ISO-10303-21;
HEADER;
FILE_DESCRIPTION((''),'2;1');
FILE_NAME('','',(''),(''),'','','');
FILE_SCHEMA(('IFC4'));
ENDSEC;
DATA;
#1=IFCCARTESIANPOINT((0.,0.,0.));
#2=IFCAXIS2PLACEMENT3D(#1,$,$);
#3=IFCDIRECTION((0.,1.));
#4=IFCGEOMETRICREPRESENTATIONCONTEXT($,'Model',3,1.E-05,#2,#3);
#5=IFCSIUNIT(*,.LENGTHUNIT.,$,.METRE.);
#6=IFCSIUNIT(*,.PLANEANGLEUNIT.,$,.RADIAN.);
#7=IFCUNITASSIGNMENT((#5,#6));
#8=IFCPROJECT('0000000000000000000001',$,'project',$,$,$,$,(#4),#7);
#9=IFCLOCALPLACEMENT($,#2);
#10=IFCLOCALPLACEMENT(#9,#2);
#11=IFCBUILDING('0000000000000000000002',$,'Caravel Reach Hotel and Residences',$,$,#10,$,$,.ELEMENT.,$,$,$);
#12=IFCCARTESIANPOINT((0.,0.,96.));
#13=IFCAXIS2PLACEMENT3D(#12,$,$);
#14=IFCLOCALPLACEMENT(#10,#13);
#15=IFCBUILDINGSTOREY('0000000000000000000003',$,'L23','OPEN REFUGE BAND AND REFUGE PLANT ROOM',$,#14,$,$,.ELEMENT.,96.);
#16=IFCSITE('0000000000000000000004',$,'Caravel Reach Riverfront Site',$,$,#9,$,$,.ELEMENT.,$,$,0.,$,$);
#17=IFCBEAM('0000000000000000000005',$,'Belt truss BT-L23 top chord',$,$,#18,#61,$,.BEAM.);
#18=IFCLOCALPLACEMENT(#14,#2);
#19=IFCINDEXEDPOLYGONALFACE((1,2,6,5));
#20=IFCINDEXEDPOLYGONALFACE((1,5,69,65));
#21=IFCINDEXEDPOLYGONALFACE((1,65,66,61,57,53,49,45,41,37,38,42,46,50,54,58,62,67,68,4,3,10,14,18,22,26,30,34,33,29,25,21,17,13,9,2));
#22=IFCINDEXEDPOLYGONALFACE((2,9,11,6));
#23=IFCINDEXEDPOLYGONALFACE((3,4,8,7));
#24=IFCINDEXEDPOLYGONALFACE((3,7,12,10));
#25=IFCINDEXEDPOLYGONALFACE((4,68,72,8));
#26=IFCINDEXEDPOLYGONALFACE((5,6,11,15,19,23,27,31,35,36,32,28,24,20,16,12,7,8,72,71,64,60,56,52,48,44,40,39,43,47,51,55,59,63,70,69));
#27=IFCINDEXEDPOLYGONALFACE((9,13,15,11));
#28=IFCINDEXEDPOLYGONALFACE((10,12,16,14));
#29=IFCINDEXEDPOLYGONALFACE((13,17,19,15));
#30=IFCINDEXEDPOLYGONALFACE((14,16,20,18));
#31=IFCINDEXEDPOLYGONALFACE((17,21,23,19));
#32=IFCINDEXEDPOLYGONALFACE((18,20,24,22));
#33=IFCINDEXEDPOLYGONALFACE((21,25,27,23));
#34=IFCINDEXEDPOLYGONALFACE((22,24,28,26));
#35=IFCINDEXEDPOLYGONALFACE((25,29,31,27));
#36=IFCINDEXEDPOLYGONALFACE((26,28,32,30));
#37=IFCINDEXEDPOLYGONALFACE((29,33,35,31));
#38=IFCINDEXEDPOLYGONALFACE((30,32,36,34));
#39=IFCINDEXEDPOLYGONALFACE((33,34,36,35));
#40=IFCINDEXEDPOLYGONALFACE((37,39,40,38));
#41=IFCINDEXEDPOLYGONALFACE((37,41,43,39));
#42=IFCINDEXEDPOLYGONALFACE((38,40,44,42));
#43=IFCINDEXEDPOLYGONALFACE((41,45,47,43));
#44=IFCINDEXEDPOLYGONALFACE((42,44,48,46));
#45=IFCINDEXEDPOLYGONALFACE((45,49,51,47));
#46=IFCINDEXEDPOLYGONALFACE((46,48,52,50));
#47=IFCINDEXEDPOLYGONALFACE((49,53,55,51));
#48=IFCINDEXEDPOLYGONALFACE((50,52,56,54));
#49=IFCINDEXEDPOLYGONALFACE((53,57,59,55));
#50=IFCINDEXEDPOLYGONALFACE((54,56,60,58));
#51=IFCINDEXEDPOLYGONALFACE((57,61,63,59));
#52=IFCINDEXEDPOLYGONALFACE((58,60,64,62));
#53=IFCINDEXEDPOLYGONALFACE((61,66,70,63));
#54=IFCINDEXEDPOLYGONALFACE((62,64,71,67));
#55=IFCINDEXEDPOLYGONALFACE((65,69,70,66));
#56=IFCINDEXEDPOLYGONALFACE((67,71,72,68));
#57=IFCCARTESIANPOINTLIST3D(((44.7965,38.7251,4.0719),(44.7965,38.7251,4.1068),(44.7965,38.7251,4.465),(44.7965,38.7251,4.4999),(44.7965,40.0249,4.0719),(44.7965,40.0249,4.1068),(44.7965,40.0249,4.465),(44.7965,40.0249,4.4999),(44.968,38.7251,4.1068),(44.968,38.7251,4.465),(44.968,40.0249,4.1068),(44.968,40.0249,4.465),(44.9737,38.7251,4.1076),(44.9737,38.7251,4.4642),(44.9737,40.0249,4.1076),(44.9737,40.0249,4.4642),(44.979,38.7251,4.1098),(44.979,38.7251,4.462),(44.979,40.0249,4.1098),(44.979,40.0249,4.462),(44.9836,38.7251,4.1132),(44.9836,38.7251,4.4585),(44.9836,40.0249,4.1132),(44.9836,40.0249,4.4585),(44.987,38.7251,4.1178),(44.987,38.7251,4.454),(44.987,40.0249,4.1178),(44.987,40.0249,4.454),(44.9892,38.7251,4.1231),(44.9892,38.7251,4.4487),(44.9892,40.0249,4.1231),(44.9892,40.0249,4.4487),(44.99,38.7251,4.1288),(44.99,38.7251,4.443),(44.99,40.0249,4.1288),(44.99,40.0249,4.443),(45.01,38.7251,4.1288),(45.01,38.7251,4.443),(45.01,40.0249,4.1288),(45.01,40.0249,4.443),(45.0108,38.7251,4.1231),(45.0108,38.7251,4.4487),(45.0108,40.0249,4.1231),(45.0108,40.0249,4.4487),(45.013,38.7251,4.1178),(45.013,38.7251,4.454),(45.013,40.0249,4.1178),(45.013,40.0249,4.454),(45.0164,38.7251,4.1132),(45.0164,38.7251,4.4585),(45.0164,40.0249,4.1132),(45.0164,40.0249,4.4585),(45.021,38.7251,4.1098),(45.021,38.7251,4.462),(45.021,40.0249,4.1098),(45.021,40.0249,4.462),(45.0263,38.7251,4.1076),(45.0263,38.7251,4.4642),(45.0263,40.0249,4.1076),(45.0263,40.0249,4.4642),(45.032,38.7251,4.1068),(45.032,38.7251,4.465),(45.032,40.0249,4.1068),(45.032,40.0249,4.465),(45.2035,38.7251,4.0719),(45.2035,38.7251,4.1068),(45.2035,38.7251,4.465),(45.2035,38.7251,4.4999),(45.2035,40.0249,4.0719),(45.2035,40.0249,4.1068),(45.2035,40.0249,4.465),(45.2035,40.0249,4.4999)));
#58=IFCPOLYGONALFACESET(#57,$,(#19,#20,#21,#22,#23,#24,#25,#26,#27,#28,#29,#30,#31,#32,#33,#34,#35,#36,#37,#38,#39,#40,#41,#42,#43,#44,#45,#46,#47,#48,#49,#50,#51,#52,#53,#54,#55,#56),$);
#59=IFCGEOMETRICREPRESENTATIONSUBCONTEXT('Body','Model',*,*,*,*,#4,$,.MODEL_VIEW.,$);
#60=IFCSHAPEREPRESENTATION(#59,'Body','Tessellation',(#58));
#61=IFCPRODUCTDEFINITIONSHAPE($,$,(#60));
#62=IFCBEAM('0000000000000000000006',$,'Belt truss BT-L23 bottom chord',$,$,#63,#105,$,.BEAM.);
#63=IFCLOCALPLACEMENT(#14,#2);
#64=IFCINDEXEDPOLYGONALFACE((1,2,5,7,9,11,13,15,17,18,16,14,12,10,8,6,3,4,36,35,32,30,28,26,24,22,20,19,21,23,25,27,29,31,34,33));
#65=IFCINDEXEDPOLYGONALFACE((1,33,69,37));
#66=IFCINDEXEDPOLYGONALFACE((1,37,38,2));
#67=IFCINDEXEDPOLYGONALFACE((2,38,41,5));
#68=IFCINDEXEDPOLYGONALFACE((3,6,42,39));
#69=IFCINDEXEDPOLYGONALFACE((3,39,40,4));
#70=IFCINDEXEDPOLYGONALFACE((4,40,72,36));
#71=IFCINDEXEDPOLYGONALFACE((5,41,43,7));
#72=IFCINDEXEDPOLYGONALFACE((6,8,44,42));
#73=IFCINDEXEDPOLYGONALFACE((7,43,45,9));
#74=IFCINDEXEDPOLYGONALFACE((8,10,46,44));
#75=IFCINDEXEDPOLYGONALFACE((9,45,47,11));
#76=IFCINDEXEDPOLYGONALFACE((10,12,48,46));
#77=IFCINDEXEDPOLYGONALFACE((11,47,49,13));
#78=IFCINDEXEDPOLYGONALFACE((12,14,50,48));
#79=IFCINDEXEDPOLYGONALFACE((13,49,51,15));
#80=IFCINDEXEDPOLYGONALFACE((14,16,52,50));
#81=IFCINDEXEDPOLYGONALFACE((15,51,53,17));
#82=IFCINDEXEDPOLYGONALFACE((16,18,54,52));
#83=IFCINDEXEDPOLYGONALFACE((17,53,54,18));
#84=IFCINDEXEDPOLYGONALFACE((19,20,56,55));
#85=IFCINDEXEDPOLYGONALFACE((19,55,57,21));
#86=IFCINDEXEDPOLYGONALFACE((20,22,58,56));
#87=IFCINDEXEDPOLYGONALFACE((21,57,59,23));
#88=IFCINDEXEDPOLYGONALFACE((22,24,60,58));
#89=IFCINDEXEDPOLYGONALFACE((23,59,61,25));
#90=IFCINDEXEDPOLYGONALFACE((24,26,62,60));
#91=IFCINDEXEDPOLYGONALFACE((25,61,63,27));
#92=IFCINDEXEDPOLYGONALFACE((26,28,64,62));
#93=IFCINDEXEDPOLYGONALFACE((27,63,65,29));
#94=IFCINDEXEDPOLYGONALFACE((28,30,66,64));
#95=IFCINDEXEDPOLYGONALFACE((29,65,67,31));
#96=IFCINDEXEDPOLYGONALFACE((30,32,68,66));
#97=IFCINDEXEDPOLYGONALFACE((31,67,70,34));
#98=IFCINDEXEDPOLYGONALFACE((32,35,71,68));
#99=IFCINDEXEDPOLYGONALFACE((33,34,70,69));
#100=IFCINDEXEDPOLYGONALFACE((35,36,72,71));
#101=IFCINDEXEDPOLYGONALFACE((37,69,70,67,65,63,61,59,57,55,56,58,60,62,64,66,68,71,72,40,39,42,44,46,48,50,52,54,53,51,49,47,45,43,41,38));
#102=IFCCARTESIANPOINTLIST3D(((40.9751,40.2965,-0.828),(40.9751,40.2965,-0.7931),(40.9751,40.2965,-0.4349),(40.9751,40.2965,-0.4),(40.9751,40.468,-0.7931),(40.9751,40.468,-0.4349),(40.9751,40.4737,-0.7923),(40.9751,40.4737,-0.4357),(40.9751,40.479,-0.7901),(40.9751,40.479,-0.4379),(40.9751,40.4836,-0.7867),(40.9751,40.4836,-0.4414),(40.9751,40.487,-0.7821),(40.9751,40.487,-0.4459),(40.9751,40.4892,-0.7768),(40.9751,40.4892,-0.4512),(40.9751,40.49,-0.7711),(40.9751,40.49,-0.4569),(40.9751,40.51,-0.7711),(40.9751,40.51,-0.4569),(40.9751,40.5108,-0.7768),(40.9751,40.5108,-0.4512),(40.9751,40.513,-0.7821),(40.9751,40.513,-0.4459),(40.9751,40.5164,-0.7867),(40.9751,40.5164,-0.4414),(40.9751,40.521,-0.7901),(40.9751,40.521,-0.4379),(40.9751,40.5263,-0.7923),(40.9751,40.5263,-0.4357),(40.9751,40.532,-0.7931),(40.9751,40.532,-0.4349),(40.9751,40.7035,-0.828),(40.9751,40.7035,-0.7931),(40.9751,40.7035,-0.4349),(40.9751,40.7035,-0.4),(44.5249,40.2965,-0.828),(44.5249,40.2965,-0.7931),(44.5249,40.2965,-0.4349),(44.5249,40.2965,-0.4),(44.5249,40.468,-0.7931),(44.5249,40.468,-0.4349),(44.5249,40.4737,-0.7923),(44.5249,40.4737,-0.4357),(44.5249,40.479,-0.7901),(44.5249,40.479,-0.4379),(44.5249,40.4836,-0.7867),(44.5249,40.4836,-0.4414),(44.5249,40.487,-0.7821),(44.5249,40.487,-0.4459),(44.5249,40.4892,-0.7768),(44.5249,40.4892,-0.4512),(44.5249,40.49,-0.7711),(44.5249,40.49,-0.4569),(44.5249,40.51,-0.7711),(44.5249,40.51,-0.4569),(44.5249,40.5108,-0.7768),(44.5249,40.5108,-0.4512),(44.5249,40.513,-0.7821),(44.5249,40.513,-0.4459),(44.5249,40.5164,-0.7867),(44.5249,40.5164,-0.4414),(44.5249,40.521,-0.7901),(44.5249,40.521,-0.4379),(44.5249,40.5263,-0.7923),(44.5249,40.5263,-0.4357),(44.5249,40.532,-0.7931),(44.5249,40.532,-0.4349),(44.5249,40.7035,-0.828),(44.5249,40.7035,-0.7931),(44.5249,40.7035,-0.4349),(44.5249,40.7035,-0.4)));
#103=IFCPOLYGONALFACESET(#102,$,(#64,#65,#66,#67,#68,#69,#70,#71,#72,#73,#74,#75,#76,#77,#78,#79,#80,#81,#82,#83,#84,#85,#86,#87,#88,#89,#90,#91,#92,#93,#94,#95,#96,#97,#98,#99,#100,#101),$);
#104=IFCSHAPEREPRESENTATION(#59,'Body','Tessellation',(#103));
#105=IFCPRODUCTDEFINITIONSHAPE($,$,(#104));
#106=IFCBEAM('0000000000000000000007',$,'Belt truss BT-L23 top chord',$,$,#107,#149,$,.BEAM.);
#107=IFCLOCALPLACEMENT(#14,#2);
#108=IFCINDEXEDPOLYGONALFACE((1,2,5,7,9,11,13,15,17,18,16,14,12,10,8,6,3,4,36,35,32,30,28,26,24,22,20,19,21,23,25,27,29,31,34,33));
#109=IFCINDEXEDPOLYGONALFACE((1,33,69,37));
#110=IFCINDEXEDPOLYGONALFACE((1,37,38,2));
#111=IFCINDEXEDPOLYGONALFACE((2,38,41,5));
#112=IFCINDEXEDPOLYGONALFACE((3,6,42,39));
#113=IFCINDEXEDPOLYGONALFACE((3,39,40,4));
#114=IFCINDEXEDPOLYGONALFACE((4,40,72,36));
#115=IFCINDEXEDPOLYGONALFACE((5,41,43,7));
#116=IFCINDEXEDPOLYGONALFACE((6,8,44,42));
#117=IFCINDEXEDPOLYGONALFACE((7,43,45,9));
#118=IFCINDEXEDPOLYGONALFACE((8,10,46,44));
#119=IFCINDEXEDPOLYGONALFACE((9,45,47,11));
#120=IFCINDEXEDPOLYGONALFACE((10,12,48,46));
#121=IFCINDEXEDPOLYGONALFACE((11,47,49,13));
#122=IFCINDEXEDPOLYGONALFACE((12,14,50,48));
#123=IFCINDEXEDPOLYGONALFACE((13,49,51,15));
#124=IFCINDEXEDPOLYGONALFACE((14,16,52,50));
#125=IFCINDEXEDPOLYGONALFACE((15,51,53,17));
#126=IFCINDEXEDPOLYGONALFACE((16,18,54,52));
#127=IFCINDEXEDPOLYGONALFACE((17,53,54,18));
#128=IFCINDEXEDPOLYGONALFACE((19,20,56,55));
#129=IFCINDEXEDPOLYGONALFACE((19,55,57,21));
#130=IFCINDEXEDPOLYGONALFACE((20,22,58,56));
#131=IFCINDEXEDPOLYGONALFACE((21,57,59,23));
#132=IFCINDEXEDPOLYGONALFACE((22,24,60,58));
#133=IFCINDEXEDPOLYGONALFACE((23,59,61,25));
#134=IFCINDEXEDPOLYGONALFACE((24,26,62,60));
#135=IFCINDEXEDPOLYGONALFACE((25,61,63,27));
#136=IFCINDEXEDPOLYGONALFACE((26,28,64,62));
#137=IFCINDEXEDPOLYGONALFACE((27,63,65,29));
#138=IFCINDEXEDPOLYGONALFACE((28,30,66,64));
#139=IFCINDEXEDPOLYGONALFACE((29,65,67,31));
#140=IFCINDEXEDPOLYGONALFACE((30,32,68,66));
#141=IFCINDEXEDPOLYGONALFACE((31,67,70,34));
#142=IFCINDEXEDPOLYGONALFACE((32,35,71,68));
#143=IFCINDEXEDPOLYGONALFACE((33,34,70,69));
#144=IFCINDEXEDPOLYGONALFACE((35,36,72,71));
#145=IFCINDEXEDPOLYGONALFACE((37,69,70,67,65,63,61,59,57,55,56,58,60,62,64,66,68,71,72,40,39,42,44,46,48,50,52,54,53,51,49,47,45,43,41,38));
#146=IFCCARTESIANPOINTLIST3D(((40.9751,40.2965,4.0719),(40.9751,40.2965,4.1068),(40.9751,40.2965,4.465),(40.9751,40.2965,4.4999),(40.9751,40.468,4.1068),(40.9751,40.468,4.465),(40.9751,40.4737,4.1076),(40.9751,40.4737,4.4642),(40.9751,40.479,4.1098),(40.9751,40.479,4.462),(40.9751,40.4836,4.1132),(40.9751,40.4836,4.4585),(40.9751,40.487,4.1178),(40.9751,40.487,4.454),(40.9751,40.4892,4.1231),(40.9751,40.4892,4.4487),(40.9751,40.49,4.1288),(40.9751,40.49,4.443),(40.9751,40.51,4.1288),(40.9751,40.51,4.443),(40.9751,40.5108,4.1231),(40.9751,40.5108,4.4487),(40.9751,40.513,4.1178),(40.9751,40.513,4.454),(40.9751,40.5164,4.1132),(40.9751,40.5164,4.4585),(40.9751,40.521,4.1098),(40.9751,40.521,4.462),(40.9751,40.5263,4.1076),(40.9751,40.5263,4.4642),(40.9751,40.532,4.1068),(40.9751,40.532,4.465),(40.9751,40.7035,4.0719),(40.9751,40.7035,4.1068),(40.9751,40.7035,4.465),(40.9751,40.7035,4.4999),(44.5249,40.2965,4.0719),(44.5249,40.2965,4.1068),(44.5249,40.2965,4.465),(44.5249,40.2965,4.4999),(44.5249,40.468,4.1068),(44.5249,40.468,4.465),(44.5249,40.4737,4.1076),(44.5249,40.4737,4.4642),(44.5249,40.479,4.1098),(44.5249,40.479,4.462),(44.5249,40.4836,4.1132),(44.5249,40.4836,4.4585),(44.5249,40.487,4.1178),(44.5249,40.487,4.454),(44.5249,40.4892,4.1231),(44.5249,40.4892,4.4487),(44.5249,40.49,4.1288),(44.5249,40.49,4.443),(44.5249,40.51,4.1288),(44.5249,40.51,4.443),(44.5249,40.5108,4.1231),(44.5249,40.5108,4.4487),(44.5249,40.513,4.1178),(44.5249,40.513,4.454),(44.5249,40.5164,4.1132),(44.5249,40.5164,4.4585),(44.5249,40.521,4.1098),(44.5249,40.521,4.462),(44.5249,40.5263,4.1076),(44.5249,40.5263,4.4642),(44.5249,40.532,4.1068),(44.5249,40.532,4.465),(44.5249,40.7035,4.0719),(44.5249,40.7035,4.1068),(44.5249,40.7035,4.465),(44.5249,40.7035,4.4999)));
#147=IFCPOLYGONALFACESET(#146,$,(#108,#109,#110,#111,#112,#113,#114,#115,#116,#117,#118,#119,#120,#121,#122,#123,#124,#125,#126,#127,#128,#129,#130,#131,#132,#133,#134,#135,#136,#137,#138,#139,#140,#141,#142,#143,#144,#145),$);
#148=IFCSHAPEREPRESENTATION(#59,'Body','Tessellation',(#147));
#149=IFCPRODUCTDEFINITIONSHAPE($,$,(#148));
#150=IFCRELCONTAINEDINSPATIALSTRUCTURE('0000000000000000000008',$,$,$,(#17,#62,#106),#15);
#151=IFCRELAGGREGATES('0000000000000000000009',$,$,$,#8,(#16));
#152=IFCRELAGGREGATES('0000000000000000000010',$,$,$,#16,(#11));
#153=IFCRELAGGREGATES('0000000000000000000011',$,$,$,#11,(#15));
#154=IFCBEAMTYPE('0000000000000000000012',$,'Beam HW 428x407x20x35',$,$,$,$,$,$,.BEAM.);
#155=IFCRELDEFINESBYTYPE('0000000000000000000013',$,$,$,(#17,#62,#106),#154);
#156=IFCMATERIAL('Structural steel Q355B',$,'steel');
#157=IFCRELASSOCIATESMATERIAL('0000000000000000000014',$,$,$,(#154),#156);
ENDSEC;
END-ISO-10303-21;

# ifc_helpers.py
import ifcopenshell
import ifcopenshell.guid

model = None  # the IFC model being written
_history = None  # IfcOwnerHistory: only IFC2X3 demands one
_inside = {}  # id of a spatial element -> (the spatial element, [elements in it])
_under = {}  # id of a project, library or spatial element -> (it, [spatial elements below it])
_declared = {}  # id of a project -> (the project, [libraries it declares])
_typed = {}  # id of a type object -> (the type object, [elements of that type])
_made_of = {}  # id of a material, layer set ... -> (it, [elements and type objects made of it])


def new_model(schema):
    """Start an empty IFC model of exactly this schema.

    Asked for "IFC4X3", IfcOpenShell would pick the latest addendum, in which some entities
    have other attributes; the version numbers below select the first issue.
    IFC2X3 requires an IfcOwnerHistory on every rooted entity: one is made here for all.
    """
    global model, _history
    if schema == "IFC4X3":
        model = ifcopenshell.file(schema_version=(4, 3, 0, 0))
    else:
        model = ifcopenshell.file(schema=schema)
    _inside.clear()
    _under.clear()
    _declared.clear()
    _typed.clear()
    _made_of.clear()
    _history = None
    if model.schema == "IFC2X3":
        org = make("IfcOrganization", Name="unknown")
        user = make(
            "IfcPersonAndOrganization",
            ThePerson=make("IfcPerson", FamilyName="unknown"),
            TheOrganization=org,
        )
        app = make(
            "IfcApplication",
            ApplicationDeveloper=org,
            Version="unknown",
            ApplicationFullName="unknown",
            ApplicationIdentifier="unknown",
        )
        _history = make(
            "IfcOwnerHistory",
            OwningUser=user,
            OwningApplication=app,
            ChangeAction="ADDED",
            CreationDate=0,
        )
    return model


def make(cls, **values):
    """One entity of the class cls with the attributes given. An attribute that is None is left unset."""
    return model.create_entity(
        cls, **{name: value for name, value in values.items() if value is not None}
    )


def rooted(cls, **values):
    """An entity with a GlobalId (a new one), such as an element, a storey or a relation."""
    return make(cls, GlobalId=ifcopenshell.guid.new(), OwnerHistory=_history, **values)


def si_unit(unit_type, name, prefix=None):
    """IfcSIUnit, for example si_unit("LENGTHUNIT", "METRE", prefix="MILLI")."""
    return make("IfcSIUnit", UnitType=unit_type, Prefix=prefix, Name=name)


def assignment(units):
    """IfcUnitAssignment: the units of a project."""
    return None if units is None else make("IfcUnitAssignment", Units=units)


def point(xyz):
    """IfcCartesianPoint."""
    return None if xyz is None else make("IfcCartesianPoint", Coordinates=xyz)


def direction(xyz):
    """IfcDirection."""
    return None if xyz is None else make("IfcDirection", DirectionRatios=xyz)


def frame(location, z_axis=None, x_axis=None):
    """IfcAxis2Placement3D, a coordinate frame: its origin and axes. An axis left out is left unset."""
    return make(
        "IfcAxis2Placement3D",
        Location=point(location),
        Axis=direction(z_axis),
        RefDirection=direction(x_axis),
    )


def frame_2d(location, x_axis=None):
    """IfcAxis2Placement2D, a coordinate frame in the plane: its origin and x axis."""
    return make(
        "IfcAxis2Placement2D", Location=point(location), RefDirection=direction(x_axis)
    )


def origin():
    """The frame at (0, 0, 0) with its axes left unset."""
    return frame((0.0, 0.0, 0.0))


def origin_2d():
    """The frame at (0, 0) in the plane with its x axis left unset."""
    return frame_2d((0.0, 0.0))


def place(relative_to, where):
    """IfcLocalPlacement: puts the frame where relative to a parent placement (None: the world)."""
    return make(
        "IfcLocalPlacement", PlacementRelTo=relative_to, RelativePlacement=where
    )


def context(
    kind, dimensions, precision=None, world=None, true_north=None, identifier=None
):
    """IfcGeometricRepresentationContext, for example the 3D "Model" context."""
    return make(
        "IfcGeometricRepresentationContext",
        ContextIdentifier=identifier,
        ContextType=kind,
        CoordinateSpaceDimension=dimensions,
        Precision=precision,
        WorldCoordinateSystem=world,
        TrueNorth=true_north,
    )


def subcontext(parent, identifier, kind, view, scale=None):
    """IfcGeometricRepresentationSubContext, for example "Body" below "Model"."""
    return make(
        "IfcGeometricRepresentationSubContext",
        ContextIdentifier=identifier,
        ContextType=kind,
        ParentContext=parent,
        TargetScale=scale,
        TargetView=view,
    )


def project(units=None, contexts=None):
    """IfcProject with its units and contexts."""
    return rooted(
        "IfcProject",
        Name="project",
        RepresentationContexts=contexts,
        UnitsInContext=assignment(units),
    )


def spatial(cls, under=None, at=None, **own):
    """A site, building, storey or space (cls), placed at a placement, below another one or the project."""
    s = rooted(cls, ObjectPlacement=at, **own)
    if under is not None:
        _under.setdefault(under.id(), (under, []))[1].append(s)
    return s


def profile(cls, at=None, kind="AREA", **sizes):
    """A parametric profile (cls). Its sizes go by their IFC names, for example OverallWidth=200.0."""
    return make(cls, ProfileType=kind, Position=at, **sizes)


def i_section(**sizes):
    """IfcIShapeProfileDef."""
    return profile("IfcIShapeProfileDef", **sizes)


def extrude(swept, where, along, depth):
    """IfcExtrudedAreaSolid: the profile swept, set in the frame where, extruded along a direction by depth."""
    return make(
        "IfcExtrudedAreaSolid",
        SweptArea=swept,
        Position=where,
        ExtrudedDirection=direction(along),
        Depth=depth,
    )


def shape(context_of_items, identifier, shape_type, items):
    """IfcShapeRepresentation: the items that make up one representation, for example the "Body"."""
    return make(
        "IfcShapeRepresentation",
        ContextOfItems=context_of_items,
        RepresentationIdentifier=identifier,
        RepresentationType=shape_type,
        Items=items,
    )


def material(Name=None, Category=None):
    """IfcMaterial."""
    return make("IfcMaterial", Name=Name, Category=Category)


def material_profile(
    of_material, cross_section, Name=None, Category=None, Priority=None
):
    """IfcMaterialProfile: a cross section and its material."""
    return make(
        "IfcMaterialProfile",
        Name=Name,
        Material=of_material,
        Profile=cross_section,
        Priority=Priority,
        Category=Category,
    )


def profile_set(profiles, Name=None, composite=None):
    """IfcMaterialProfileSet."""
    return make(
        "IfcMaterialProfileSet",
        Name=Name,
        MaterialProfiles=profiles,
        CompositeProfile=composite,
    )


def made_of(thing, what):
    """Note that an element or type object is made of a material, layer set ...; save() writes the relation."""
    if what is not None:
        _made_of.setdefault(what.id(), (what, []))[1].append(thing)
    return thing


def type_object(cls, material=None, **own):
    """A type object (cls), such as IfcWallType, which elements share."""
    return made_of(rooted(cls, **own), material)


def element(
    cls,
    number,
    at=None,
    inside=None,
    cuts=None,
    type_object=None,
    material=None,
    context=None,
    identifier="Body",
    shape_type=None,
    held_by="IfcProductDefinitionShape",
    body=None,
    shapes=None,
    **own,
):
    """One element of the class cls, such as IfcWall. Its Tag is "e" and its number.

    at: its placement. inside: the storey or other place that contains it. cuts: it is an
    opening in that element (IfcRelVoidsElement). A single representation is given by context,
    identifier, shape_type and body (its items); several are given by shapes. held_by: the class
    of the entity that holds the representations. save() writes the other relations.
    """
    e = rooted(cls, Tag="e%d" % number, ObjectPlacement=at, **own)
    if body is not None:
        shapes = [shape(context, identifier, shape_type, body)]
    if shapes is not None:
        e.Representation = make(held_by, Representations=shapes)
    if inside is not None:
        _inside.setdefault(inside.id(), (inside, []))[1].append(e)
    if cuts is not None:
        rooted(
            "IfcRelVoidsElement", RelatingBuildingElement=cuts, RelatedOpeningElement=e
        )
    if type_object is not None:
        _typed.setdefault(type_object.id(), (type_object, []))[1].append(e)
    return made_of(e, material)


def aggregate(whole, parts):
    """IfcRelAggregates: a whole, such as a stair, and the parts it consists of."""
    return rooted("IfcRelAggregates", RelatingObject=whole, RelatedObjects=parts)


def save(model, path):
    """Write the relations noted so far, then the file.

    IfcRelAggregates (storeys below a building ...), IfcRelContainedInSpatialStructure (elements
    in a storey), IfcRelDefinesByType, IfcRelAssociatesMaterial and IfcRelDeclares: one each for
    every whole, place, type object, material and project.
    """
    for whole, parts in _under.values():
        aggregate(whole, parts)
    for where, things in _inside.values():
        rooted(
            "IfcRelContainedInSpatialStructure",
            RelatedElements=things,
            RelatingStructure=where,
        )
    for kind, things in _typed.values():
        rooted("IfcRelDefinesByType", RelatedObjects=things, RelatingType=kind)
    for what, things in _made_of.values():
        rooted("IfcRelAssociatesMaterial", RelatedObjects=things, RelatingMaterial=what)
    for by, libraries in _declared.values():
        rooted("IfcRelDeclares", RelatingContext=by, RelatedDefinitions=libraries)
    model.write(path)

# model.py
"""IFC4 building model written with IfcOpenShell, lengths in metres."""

from ifc_helpers import new_model, si_unit, direction, frame, origin, origin_2d, place, context, subcontext, project, spatial, i_section, extrude, material, material_profile, profile_set, type_object, element, save


model = new_model("IFC4")

# Units and contexts
model_context = context("Model", 3, precision=1e-05, world=origin(), true_north=direction((0.0, 1.0)))
body_context = subcontext(model_context, "Body", "Model", "MODEL_VIEW")
ifc_project = project(units=[si_unit("LENGTHUNIT", "METRE"), si_unit("PLANEANGLEUNIT", "RADIAN")], contexts=[model_context])

# Site, building, storey
site_placement = place(None, origin())
site = spatial("IfcSite", under=ifc_project, at=site_placement, Name="Caravel Reach Riverfront Site", CompositionType="ELEMENT", RefElevation=0.0)
building_placement = place(site_placement, origin())
building = spatial("IfcBuilding", under=site, at=building_placement, Name="Caravel Reach Hotel and Residences", CompositionType="ELEMENT")
storey_placement = place(building_placement, frame((0.0, 0.0, 96.0)))
storey = spatial("IfcBuildingStorey", under=building, at=storey_placement, Name="L23", Description="OPEN REFUGE BAND AND REFUGE PLANT ROOM", CompositionType="ELEMENT", Elevation=96.0)

# Beams
ifc_material_1 = material(Name="Structural steel Q355B", Category="steel")
ifc_material_profile_1 = material_profile(ifc_material_1, i_section(OverallWidth=0.407, OverallDepth=0.428, WebThickness=0.02, FlangeThickness=0.0349, FilletRadius=0.022, at=origin_2d()), Name="HW 428x407x20x35")
ifc_profile_set_1 = profile_set([ifc_material_profile_1], Name="Structural steel Q355B")
beam_type_1 = type_object("IfcBeamType", Name="Beam HW 428x407x20x35", PredefinedType="BEAM", material=ifc_profile_set_1)
for number, where, z_axis, x_axis, name in (
    (1, (45.0, 38.7251, 4.2859), (0.0, 1.0, 0.0), (-1.0, 0.0, 0.0), "Belt truss BT-L23 top chord"),
):
    element("IfcBeam", number, at=place(storey_placement, frame(where, z_axis=z_axis, x_axis=x_axis)), inside=storey, type_object=beam_type_1, Name=name, PredefinedType="BEAM", context=body_context, shape_type="SweptSolid", body=[
        extrude(i_section(OverallWidth=0.407, OverallDepth=0.428, WebThickness=0.02, FlangeThickness=0.0349, FilletRadius=0.022, at=origin_2d()), origin(), (0.0, 0.0, 1.0), 1.2998),
    ])
for number, where, z_axis, x_axis, name in (
    (2, (44.5249, 40.5, -0.614), (-1.0, 0.0, 0.0), (0.0, -1.0, 0.0), "Belt truss BT-L23 bottom chord"),
    (3, (44.5249, 40.5, 4.2859), (-1.0, 0.0, 0.0), (0.0, -1.0, 0.0), "Belt truss BT-L23 top chord"),
):
    element("IfcBeam", number, at=place(storey_placement, frame(where, z_axis=z_axis, x_axis=x_axis)), inside=storey, type_object=beam_type_1, Name=name, PredefinedType="BEAM", context=body_context, shape_type="SweptSolid", body=[
        extrude(i_section(OverallWidth=0.407, OverallDepth=0.428, WebThickness=0.02, FlangeThickness=0.0349, FilletRadius=0.022, at=origin_2d()), origin(), (0.0, 0.0, 1.0), 3.5498),
    ])

save(model, "model.ifc")
